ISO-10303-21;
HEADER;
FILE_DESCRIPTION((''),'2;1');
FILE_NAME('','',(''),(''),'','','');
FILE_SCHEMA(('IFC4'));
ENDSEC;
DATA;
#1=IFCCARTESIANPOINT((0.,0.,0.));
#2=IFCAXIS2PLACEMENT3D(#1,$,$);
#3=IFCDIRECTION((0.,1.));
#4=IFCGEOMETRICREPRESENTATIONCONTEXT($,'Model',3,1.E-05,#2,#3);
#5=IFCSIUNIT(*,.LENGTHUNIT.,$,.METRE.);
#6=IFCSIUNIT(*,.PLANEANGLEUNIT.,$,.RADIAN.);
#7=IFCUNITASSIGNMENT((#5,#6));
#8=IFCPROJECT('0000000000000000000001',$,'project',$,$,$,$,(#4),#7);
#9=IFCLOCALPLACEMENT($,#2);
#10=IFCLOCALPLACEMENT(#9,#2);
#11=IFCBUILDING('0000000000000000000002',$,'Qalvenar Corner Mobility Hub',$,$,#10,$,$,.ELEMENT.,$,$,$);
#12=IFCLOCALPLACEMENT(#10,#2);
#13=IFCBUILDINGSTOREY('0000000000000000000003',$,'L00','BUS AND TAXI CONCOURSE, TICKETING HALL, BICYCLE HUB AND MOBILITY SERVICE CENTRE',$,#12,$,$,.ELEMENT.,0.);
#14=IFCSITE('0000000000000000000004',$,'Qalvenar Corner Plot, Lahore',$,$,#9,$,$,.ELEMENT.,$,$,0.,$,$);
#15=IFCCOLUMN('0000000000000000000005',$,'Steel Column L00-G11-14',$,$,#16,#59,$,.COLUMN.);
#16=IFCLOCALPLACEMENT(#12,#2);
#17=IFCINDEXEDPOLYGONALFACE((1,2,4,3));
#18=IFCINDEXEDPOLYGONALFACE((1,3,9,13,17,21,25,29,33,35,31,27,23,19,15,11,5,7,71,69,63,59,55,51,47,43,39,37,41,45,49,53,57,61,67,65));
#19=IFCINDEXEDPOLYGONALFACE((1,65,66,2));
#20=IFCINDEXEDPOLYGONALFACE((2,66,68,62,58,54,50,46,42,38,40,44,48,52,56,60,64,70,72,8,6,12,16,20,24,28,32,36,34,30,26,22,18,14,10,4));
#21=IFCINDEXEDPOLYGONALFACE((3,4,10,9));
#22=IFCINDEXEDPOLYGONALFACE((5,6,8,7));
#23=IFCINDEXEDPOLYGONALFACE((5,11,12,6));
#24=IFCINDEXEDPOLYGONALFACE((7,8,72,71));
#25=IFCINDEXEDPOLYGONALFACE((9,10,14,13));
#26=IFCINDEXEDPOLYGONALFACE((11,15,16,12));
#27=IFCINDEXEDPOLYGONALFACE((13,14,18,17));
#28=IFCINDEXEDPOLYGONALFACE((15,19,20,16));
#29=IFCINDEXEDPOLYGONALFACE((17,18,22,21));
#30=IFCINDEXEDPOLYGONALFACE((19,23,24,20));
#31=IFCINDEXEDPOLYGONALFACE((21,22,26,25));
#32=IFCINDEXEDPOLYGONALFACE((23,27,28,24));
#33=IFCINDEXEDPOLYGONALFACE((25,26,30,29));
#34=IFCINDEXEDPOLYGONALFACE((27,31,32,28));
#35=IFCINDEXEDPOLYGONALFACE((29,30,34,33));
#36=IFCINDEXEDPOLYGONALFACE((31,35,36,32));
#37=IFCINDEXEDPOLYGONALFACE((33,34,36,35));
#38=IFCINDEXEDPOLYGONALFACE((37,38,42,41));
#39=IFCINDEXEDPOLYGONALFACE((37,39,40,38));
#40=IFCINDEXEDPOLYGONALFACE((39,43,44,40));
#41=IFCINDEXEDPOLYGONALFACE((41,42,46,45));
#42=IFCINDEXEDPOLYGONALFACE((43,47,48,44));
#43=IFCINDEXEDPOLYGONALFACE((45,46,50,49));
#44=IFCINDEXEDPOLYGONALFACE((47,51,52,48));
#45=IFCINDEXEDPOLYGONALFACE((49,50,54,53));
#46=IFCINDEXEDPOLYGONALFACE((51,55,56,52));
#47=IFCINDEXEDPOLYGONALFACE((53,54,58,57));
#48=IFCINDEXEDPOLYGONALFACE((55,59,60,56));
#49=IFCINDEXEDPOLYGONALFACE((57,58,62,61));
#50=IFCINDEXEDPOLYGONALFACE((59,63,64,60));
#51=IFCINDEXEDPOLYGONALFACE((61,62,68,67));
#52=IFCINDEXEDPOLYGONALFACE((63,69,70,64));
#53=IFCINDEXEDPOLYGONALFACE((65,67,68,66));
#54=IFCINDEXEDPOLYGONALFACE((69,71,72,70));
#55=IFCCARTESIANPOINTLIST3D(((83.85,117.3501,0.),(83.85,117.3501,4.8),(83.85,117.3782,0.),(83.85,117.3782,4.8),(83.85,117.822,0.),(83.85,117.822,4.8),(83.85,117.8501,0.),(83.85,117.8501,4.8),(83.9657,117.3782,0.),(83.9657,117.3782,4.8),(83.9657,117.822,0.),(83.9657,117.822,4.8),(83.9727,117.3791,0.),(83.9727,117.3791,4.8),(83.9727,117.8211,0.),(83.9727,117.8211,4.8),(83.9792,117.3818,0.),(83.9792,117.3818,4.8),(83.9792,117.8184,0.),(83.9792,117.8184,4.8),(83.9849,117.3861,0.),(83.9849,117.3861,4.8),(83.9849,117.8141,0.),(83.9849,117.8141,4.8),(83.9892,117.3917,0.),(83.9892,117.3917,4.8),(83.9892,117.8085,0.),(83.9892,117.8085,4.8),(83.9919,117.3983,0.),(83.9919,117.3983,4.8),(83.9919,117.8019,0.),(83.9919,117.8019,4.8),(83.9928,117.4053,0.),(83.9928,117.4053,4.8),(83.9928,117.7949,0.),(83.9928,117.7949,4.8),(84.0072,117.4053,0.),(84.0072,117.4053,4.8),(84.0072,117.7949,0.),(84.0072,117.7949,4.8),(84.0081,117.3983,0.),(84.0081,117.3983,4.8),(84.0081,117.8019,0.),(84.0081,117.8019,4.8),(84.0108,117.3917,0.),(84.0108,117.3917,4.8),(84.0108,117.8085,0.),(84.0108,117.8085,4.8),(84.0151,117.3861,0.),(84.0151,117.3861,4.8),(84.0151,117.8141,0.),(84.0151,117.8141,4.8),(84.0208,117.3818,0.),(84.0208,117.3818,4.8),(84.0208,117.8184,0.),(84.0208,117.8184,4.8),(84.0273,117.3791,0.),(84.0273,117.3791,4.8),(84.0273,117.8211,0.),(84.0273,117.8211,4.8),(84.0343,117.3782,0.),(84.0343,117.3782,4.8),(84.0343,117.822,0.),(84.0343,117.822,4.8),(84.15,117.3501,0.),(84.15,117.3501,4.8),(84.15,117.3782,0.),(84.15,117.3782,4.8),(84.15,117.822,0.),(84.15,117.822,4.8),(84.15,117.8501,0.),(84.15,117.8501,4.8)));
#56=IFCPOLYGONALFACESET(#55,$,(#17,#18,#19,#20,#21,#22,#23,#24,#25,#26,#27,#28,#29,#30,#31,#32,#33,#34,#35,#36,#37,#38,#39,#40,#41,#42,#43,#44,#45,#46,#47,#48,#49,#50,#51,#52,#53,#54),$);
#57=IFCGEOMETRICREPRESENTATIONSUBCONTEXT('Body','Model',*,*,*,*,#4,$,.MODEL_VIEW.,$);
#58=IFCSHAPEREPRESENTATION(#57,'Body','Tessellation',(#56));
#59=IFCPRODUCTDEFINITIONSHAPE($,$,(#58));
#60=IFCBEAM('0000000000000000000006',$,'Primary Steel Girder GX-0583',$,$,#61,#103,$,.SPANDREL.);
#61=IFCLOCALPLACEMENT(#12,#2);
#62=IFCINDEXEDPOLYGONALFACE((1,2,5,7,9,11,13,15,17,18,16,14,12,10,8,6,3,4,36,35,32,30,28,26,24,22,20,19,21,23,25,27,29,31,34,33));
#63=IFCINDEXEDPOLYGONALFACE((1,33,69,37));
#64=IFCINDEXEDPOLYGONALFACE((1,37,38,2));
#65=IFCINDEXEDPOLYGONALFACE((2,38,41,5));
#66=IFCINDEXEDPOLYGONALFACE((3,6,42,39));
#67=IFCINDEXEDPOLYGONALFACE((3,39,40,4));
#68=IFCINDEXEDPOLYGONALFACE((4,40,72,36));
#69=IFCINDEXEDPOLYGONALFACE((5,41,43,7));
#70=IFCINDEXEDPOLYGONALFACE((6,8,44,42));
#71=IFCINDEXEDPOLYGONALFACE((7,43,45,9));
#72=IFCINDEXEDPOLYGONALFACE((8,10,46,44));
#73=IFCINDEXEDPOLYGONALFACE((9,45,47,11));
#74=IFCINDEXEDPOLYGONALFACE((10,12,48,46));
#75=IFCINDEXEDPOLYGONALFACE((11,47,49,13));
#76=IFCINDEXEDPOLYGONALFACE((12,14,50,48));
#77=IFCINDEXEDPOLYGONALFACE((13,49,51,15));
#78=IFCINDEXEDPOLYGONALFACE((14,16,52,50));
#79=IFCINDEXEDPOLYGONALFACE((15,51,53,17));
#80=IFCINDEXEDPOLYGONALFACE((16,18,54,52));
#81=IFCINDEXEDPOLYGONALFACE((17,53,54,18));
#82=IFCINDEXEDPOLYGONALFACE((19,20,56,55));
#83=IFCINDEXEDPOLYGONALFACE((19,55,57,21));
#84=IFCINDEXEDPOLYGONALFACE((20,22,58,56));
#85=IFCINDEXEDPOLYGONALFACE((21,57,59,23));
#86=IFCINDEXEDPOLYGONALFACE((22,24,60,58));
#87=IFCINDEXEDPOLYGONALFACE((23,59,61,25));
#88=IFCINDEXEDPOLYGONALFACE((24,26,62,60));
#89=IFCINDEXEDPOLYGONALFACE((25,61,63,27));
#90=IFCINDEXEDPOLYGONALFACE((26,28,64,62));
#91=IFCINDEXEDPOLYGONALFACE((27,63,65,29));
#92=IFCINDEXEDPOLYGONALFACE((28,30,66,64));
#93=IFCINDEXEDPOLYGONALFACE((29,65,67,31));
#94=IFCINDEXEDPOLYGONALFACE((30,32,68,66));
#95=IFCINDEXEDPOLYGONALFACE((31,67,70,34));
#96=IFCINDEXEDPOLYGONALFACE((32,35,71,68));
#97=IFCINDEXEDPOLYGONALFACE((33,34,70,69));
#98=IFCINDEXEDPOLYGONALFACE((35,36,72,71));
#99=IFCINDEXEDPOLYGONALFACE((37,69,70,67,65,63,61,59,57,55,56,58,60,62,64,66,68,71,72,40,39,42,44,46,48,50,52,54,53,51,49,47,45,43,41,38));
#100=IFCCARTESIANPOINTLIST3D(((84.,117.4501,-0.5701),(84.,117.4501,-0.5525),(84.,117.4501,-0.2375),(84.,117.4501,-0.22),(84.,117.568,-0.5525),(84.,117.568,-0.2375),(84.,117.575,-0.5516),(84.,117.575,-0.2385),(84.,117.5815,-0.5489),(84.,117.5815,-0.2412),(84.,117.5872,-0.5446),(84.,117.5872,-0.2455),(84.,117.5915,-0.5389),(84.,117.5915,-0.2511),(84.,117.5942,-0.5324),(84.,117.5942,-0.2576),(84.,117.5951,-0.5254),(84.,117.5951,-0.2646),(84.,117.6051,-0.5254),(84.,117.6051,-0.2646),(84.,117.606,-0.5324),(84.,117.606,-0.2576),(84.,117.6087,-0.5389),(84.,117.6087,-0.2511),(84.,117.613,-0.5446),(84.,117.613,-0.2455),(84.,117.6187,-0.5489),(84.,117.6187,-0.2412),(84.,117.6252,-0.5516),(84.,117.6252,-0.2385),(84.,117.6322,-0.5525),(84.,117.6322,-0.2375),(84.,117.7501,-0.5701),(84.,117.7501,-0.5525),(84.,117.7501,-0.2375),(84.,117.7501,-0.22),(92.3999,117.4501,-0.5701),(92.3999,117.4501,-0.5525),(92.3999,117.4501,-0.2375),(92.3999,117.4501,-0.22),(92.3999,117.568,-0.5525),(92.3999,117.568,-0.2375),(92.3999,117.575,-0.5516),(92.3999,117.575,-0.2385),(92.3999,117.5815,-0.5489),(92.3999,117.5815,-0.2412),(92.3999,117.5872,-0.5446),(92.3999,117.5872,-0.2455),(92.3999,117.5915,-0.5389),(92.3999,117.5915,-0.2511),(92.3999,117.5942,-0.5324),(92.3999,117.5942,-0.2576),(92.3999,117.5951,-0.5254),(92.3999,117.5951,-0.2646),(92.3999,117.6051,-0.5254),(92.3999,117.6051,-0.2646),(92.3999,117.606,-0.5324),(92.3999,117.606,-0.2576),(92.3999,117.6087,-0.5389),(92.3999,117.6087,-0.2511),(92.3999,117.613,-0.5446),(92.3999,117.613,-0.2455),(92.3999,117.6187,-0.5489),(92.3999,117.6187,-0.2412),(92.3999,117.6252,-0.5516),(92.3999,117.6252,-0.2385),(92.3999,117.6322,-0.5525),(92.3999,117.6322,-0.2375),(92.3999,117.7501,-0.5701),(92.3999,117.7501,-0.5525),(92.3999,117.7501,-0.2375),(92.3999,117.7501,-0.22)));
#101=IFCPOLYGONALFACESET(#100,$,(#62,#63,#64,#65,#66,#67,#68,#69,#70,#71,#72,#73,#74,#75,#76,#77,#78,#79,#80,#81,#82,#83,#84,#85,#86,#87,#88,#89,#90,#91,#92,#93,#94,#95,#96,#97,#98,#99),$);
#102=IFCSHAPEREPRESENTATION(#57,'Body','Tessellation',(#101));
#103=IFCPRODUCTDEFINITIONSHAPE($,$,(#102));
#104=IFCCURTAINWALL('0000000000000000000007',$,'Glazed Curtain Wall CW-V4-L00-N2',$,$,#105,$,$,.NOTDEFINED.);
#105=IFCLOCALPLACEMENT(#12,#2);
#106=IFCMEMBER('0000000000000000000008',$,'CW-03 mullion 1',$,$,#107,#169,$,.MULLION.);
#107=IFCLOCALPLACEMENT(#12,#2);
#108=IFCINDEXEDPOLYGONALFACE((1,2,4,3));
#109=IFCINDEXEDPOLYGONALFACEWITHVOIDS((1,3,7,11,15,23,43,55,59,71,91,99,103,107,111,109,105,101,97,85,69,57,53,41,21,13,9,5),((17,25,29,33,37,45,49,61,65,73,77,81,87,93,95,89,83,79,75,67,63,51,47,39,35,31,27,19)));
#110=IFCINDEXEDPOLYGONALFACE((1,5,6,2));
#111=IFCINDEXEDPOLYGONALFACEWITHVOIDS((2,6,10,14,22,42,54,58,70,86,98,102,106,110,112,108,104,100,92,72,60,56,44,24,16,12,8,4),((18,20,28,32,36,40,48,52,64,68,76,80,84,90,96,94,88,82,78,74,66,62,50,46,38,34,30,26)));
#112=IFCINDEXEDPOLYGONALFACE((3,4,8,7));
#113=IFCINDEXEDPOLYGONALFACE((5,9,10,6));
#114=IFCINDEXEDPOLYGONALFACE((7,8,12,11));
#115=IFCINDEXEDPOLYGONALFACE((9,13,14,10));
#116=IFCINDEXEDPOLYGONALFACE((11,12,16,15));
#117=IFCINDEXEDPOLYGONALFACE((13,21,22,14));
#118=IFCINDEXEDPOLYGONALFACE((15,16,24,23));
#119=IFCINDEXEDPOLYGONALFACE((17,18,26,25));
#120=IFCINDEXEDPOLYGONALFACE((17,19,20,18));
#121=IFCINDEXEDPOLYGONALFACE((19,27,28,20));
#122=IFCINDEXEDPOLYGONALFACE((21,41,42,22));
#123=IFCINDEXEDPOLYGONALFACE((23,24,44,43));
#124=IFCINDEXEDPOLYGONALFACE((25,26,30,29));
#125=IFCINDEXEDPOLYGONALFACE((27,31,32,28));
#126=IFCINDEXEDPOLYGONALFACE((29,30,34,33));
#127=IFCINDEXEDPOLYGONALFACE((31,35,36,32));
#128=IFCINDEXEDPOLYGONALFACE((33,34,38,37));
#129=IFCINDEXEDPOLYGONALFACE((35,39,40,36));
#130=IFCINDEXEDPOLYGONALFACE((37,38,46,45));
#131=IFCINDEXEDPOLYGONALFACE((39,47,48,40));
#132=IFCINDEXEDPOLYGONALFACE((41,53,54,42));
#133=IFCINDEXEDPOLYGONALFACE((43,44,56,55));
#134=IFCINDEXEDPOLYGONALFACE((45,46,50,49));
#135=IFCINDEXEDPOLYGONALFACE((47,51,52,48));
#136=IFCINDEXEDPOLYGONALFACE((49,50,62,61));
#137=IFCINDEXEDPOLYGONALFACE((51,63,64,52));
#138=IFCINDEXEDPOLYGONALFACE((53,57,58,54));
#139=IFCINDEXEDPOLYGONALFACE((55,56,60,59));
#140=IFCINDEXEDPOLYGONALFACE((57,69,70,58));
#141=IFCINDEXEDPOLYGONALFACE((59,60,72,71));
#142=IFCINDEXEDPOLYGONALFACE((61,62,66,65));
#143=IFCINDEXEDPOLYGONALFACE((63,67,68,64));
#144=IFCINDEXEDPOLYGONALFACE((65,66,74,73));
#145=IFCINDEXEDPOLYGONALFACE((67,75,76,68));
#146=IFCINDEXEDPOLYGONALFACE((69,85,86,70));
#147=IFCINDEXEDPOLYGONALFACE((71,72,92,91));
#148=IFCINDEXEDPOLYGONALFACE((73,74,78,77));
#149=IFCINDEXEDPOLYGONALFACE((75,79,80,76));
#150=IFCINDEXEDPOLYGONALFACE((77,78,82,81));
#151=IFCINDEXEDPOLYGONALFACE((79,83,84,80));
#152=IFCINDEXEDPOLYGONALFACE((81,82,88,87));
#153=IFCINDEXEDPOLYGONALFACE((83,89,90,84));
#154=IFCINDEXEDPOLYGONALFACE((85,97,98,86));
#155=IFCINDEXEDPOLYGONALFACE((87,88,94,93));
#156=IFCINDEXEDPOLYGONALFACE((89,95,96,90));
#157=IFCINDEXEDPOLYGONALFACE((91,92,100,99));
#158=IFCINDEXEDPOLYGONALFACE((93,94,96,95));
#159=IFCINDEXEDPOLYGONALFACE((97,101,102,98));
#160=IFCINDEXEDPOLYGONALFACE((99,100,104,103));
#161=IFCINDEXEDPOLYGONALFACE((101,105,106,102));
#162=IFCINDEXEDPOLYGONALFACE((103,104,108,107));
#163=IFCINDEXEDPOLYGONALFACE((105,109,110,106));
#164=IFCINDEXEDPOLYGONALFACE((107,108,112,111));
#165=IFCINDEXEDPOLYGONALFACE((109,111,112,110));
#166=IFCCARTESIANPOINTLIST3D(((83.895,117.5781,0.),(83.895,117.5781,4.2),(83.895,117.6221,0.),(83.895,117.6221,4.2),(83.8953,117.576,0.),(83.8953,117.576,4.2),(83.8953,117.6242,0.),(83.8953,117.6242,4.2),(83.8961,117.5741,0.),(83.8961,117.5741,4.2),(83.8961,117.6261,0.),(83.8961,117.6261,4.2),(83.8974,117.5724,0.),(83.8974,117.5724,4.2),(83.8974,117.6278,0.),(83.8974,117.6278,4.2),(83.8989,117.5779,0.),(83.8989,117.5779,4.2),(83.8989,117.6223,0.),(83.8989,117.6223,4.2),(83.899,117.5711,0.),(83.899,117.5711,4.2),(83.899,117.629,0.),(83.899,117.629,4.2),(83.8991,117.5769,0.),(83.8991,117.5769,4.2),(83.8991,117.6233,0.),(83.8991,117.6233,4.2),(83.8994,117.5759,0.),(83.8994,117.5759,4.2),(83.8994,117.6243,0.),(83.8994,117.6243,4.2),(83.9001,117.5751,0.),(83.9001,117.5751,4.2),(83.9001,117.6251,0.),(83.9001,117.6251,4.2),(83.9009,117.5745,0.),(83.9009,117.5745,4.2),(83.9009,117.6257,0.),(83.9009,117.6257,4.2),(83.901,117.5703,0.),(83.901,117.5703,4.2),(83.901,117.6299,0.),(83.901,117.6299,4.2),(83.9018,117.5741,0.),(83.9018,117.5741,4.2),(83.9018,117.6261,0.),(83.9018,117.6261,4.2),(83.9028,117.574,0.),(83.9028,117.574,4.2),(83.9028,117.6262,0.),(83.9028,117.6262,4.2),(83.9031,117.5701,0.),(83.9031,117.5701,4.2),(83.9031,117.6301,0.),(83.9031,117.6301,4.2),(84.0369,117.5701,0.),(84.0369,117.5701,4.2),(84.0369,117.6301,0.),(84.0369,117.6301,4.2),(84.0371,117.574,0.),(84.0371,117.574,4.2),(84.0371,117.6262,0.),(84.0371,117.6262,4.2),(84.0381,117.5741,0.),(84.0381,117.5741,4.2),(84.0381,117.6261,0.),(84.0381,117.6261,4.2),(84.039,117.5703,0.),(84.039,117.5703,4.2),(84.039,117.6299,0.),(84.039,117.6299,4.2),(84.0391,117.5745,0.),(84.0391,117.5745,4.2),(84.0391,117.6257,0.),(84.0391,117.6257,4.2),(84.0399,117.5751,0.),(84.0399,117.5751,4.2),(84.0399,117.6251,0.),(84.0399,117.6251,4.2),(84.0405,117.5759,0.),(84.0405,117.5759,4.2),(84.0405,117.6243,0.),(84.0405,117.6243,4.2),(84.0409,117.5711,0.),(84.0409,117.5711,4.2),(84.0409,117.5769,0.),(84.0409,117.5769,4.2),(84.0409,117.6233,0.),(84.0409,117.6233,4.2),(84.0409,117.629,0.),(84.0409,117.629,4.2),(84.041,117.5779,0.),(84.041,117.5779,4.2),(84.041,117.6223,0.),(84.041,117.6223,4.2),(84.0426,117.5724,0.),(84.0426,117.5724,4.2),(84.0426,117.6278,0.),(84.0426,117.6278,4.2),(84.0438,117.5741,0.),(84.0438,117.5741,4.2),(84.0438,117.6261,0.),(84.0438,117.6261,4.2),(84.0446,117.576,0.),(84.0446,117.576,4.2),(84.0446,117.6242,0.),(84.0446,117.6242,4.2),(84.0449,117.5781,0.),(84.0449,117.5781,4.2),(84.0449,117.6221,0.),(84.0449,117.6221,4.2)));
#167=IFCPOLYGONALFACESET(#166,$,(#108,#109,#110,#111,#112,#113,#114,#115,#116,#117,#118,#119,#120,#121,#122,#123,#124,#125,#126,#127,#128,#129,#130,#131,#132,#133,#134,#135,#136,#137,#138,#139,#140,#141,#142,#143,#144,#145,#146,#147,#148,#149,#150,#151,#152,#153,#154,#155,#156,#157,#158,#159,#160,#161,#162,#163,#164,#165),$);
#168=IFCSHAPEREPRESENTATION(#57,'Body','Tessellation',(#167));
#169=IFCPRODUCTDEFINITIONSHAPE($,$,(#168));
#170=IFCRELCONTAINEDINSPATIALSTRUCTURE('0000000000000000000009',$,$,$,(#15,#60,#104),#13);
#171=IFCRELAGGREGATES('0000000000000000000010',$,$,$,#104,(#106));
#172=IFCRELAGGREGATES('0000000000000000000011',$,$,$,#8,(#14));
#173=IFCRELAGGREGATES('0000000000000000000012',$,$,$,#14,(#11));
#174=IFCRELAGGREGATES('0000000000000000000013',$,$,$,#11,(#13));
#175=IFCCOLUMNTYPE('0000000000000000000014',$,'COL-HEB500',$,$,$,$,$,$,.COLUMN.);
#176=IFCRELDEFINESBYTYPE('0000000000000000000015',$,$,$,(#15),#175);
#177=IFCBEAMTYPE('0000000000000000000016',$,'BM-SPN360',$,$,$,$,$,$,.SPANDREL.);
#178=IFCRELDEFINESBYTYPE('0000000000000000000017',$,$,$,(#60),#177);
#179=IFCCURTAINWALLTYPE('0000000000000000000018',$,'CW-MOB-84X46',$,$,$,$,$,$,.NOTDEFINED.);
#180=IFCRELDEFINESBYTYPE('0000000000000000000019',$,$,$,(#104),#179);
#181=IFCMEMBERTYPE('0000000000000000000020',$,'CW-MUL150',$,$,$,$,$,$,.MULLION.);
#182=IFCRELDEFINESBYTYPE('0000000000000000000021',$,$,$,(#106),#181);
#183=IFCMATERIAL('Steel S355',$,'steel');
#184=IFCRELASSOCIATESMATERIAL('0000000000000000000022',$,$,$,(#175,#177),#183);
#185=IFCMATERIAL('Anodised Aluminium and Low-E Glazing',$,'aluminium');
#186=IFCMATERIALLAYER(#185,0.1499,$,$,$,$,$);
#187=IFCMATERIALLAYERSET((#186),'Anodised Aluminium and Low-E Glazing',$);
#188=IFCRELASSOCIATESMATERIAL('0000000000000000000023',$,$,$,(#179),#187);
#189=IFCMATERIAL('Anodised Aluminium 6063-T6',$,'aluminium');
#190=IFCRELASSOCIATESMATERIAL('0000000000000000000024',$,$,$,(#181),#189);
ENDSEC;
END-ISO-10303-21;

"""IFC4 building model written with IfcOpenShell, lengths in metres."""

from ifc_helpers import new_model, si_unit, direction, frame, origin, origin_2d, place, context, subcontext, project, spatial, hollow_rectangle, i_section, extrude, material, layer, layer_set, material_profile, profile_set, type_object, element, aggregate, save


model = new_model("IFC4")

# Units and contexts
model_context = context("Model", 3, precision=1e-05, world=origin(), true_north=direction((0.0, 1.0)))
body_context = subcontext(model_context, "Body", "Model", "MODEL_VIEW")
ifc_project = project(units=[si_unit("LENGTHUNIT", "METRE"), si_unit("PLANEANGLEUNIT", "RADIAN")], contexts=[model_context])

# Site, building, storey
site_placement = place(None, origin())
site = spatial("IfcSite", under=ifc_project, at=site_placement, Name="Qalvenar Corner Plot, Lahore", CompositionType="ELEMENT", RefElevation=0.0)
building_placement = place(site_placement, origin())
building = spatial("IfcBuilding", under=site, at=building_placement, Name="Qalvenar Corner Mobility Hub", CompositionType="ELEMENT")
storey_placement = place(building_placement, origin())
storey = spatial("IfcBuildingStorey", under=building, at=storey_placement, Name="L00", Description="BUS AND TAXI CONCOURSE, TICKETING HALL, BICYCLE HUB AND MOBILITY SERVICE CENTRE", CompositionType="ELEMENT", Elevation=0.0)

# Column
ifc_material_1 = material(Name="Steel S355", Category="steel")
ifc_material_profile_1 = material_profile(ifc_material_1, i_section(OverallWidth=0.3, OverallDepth=0.5, WebThickness=0.0144, FlangeThickness=0.0281, FilletRadius=0.0271, at=origin_2d()), Name="HEB500")
ifc_profile_set_1 = profile_set([ifc_material_profile_1], Name="Steel S355")
column_type = type_object("IfcColumnType", Name="COL-HEB500", PredefinedType="COLUMN", material=ifc_profile_set_1)
column_placement = place(storey_placement, frame((84.0, 117.6001, 0.0), z_axis=(0.0, 0.0, 1.0), x_axis=(1.0, 0.0, 0.0)))
element("IfcColumn", 1, at=column_placement, inside=storey, type_object=column_type, Name="Steel Column L00-G11-14", PredefinedType="COLUMN", context=body_context, shape_type="SweptSolid", body=[
    extrude(i_section(OverallWidth=0.3, OverallDepth=0.5, WebThickness=0.0144, FlangeThickness=0.0281, FilletRadius=0.0271, at=origin_2d()), origin(), (0.0, 0.0, 1.0), 4.8),
])

# Beam
ifc_material_profile_2 = material_profile(ifc_material_1, i_section(OverallWidth=0.3, OverallDepth=0.3501, WebThickness=0.01, FlangeThickness=0.0176, FilletRadius=0.0271, at=origin_2d()), Name="HEA360")
ifc_profile_set_2 = profile_set([ifc_material_profile_2], Name="Steel S355")
beam_type = type_object("IfcBeamType", Name="BM-SPN360", PredefinedType="SPANDREL", material=ifc_profile_set_2)
beam_placement = place(storey_placement, frame((84.0, 117.6001, -0.395), z_axis=(1.0, 0.0, 0.0), x_axis=(0.0, 1.0, 0.0)))
element("IfcBeam", 2, at=beam_placement, inside=storey, type_object=beam_type, Name="Primary Steel Girder GX-0583", PredefinedType="SPANDREL", context=body_context, shape_type="SweptSolid", body=[
    extrude(i_section(OverallWidth=0.3, OverallDepth=0.3501, WebThickness=0.01, FlangeThickness=0.0176, FilletRadius=0.0271, at=origin_2d()), origin(), (0.0, 0.0, 1.0), 8.3999),
])

# Curtain wall, member
ifc_material_2 = material(Name="Anodised Aluminium and Low-E Glazing", Category="aluminium")
ifc_layer_1 = layer(ifc_material_2, 0.1499)
ifc_layer_set_1 = layer_set([ifc_layer_1], Name="Anodised Aluminium and Low-E Glazing")
curtain_wall_type = type_object("IfcCurtainWallType", Name="CW-MOB-84X46", PredefinedType="NOTDEFINED", material=ifc_layer_set_1)
curtain_wall_1_placement = place(storey_placement, origin())
curtain_wall_1 = element("IfcCurtainWall", 3, at=curtain_wall_1_placement, inside=storey, type_object=curtain_wall_type, Name="Glazed Curtain Wall CW-V4-L00-N2", PredefinedType="NOTDEFINED")
ifc_material_3 = material(Name="Anodised Aluminium 6063-T6", Category="aluminium")
ifc_material_profile_3 = material_profile(ifc_material_3, hollow_rectangle(XDim=0.0601, YDim=0.1499, WallThickness=0.0039, InnerFilletRadius=0.0039, OuterFilletRadius=0.0081, at=origin_2d()), Name="RHS150x60x4")
ifc_profile_set_3 = profile_set([ifc_material_profile_3], Name="Anodised Aluminium 6063-T6")
member_type_1 = type_object("IfcMemberType", Name="CW-MUL150", PredefinedType="MULLION", material=ifc_profile_set_3)
member_1_placement = place(storey_placement, frame((83.97, 117.6001, 0.0), z_axis=(0.0, 0.0, 1.0), x_axis=(0.0, -1.0, 0.0)))
member_1 = element("IfcMember", 4, at=member_1_placement, type_object=member_type_1, Name="CW-03 mullion 1", PredefinedType="MULLION", context=body_context, shape_type="SweptSolid", body=[
    extrude(hollow_rectangle(XDim=0.0601, YDim=0.1499, WallThickness=0.0039, InnerFilletRadius=0.0039, OuterFilletRadius=0.0081, at=origin_2d()), origin(), (0.0, 0.0, 1.0), 4.2),
])

aggregate(curtain_wall_1, [member_1])

save(model, "model.ifc")
